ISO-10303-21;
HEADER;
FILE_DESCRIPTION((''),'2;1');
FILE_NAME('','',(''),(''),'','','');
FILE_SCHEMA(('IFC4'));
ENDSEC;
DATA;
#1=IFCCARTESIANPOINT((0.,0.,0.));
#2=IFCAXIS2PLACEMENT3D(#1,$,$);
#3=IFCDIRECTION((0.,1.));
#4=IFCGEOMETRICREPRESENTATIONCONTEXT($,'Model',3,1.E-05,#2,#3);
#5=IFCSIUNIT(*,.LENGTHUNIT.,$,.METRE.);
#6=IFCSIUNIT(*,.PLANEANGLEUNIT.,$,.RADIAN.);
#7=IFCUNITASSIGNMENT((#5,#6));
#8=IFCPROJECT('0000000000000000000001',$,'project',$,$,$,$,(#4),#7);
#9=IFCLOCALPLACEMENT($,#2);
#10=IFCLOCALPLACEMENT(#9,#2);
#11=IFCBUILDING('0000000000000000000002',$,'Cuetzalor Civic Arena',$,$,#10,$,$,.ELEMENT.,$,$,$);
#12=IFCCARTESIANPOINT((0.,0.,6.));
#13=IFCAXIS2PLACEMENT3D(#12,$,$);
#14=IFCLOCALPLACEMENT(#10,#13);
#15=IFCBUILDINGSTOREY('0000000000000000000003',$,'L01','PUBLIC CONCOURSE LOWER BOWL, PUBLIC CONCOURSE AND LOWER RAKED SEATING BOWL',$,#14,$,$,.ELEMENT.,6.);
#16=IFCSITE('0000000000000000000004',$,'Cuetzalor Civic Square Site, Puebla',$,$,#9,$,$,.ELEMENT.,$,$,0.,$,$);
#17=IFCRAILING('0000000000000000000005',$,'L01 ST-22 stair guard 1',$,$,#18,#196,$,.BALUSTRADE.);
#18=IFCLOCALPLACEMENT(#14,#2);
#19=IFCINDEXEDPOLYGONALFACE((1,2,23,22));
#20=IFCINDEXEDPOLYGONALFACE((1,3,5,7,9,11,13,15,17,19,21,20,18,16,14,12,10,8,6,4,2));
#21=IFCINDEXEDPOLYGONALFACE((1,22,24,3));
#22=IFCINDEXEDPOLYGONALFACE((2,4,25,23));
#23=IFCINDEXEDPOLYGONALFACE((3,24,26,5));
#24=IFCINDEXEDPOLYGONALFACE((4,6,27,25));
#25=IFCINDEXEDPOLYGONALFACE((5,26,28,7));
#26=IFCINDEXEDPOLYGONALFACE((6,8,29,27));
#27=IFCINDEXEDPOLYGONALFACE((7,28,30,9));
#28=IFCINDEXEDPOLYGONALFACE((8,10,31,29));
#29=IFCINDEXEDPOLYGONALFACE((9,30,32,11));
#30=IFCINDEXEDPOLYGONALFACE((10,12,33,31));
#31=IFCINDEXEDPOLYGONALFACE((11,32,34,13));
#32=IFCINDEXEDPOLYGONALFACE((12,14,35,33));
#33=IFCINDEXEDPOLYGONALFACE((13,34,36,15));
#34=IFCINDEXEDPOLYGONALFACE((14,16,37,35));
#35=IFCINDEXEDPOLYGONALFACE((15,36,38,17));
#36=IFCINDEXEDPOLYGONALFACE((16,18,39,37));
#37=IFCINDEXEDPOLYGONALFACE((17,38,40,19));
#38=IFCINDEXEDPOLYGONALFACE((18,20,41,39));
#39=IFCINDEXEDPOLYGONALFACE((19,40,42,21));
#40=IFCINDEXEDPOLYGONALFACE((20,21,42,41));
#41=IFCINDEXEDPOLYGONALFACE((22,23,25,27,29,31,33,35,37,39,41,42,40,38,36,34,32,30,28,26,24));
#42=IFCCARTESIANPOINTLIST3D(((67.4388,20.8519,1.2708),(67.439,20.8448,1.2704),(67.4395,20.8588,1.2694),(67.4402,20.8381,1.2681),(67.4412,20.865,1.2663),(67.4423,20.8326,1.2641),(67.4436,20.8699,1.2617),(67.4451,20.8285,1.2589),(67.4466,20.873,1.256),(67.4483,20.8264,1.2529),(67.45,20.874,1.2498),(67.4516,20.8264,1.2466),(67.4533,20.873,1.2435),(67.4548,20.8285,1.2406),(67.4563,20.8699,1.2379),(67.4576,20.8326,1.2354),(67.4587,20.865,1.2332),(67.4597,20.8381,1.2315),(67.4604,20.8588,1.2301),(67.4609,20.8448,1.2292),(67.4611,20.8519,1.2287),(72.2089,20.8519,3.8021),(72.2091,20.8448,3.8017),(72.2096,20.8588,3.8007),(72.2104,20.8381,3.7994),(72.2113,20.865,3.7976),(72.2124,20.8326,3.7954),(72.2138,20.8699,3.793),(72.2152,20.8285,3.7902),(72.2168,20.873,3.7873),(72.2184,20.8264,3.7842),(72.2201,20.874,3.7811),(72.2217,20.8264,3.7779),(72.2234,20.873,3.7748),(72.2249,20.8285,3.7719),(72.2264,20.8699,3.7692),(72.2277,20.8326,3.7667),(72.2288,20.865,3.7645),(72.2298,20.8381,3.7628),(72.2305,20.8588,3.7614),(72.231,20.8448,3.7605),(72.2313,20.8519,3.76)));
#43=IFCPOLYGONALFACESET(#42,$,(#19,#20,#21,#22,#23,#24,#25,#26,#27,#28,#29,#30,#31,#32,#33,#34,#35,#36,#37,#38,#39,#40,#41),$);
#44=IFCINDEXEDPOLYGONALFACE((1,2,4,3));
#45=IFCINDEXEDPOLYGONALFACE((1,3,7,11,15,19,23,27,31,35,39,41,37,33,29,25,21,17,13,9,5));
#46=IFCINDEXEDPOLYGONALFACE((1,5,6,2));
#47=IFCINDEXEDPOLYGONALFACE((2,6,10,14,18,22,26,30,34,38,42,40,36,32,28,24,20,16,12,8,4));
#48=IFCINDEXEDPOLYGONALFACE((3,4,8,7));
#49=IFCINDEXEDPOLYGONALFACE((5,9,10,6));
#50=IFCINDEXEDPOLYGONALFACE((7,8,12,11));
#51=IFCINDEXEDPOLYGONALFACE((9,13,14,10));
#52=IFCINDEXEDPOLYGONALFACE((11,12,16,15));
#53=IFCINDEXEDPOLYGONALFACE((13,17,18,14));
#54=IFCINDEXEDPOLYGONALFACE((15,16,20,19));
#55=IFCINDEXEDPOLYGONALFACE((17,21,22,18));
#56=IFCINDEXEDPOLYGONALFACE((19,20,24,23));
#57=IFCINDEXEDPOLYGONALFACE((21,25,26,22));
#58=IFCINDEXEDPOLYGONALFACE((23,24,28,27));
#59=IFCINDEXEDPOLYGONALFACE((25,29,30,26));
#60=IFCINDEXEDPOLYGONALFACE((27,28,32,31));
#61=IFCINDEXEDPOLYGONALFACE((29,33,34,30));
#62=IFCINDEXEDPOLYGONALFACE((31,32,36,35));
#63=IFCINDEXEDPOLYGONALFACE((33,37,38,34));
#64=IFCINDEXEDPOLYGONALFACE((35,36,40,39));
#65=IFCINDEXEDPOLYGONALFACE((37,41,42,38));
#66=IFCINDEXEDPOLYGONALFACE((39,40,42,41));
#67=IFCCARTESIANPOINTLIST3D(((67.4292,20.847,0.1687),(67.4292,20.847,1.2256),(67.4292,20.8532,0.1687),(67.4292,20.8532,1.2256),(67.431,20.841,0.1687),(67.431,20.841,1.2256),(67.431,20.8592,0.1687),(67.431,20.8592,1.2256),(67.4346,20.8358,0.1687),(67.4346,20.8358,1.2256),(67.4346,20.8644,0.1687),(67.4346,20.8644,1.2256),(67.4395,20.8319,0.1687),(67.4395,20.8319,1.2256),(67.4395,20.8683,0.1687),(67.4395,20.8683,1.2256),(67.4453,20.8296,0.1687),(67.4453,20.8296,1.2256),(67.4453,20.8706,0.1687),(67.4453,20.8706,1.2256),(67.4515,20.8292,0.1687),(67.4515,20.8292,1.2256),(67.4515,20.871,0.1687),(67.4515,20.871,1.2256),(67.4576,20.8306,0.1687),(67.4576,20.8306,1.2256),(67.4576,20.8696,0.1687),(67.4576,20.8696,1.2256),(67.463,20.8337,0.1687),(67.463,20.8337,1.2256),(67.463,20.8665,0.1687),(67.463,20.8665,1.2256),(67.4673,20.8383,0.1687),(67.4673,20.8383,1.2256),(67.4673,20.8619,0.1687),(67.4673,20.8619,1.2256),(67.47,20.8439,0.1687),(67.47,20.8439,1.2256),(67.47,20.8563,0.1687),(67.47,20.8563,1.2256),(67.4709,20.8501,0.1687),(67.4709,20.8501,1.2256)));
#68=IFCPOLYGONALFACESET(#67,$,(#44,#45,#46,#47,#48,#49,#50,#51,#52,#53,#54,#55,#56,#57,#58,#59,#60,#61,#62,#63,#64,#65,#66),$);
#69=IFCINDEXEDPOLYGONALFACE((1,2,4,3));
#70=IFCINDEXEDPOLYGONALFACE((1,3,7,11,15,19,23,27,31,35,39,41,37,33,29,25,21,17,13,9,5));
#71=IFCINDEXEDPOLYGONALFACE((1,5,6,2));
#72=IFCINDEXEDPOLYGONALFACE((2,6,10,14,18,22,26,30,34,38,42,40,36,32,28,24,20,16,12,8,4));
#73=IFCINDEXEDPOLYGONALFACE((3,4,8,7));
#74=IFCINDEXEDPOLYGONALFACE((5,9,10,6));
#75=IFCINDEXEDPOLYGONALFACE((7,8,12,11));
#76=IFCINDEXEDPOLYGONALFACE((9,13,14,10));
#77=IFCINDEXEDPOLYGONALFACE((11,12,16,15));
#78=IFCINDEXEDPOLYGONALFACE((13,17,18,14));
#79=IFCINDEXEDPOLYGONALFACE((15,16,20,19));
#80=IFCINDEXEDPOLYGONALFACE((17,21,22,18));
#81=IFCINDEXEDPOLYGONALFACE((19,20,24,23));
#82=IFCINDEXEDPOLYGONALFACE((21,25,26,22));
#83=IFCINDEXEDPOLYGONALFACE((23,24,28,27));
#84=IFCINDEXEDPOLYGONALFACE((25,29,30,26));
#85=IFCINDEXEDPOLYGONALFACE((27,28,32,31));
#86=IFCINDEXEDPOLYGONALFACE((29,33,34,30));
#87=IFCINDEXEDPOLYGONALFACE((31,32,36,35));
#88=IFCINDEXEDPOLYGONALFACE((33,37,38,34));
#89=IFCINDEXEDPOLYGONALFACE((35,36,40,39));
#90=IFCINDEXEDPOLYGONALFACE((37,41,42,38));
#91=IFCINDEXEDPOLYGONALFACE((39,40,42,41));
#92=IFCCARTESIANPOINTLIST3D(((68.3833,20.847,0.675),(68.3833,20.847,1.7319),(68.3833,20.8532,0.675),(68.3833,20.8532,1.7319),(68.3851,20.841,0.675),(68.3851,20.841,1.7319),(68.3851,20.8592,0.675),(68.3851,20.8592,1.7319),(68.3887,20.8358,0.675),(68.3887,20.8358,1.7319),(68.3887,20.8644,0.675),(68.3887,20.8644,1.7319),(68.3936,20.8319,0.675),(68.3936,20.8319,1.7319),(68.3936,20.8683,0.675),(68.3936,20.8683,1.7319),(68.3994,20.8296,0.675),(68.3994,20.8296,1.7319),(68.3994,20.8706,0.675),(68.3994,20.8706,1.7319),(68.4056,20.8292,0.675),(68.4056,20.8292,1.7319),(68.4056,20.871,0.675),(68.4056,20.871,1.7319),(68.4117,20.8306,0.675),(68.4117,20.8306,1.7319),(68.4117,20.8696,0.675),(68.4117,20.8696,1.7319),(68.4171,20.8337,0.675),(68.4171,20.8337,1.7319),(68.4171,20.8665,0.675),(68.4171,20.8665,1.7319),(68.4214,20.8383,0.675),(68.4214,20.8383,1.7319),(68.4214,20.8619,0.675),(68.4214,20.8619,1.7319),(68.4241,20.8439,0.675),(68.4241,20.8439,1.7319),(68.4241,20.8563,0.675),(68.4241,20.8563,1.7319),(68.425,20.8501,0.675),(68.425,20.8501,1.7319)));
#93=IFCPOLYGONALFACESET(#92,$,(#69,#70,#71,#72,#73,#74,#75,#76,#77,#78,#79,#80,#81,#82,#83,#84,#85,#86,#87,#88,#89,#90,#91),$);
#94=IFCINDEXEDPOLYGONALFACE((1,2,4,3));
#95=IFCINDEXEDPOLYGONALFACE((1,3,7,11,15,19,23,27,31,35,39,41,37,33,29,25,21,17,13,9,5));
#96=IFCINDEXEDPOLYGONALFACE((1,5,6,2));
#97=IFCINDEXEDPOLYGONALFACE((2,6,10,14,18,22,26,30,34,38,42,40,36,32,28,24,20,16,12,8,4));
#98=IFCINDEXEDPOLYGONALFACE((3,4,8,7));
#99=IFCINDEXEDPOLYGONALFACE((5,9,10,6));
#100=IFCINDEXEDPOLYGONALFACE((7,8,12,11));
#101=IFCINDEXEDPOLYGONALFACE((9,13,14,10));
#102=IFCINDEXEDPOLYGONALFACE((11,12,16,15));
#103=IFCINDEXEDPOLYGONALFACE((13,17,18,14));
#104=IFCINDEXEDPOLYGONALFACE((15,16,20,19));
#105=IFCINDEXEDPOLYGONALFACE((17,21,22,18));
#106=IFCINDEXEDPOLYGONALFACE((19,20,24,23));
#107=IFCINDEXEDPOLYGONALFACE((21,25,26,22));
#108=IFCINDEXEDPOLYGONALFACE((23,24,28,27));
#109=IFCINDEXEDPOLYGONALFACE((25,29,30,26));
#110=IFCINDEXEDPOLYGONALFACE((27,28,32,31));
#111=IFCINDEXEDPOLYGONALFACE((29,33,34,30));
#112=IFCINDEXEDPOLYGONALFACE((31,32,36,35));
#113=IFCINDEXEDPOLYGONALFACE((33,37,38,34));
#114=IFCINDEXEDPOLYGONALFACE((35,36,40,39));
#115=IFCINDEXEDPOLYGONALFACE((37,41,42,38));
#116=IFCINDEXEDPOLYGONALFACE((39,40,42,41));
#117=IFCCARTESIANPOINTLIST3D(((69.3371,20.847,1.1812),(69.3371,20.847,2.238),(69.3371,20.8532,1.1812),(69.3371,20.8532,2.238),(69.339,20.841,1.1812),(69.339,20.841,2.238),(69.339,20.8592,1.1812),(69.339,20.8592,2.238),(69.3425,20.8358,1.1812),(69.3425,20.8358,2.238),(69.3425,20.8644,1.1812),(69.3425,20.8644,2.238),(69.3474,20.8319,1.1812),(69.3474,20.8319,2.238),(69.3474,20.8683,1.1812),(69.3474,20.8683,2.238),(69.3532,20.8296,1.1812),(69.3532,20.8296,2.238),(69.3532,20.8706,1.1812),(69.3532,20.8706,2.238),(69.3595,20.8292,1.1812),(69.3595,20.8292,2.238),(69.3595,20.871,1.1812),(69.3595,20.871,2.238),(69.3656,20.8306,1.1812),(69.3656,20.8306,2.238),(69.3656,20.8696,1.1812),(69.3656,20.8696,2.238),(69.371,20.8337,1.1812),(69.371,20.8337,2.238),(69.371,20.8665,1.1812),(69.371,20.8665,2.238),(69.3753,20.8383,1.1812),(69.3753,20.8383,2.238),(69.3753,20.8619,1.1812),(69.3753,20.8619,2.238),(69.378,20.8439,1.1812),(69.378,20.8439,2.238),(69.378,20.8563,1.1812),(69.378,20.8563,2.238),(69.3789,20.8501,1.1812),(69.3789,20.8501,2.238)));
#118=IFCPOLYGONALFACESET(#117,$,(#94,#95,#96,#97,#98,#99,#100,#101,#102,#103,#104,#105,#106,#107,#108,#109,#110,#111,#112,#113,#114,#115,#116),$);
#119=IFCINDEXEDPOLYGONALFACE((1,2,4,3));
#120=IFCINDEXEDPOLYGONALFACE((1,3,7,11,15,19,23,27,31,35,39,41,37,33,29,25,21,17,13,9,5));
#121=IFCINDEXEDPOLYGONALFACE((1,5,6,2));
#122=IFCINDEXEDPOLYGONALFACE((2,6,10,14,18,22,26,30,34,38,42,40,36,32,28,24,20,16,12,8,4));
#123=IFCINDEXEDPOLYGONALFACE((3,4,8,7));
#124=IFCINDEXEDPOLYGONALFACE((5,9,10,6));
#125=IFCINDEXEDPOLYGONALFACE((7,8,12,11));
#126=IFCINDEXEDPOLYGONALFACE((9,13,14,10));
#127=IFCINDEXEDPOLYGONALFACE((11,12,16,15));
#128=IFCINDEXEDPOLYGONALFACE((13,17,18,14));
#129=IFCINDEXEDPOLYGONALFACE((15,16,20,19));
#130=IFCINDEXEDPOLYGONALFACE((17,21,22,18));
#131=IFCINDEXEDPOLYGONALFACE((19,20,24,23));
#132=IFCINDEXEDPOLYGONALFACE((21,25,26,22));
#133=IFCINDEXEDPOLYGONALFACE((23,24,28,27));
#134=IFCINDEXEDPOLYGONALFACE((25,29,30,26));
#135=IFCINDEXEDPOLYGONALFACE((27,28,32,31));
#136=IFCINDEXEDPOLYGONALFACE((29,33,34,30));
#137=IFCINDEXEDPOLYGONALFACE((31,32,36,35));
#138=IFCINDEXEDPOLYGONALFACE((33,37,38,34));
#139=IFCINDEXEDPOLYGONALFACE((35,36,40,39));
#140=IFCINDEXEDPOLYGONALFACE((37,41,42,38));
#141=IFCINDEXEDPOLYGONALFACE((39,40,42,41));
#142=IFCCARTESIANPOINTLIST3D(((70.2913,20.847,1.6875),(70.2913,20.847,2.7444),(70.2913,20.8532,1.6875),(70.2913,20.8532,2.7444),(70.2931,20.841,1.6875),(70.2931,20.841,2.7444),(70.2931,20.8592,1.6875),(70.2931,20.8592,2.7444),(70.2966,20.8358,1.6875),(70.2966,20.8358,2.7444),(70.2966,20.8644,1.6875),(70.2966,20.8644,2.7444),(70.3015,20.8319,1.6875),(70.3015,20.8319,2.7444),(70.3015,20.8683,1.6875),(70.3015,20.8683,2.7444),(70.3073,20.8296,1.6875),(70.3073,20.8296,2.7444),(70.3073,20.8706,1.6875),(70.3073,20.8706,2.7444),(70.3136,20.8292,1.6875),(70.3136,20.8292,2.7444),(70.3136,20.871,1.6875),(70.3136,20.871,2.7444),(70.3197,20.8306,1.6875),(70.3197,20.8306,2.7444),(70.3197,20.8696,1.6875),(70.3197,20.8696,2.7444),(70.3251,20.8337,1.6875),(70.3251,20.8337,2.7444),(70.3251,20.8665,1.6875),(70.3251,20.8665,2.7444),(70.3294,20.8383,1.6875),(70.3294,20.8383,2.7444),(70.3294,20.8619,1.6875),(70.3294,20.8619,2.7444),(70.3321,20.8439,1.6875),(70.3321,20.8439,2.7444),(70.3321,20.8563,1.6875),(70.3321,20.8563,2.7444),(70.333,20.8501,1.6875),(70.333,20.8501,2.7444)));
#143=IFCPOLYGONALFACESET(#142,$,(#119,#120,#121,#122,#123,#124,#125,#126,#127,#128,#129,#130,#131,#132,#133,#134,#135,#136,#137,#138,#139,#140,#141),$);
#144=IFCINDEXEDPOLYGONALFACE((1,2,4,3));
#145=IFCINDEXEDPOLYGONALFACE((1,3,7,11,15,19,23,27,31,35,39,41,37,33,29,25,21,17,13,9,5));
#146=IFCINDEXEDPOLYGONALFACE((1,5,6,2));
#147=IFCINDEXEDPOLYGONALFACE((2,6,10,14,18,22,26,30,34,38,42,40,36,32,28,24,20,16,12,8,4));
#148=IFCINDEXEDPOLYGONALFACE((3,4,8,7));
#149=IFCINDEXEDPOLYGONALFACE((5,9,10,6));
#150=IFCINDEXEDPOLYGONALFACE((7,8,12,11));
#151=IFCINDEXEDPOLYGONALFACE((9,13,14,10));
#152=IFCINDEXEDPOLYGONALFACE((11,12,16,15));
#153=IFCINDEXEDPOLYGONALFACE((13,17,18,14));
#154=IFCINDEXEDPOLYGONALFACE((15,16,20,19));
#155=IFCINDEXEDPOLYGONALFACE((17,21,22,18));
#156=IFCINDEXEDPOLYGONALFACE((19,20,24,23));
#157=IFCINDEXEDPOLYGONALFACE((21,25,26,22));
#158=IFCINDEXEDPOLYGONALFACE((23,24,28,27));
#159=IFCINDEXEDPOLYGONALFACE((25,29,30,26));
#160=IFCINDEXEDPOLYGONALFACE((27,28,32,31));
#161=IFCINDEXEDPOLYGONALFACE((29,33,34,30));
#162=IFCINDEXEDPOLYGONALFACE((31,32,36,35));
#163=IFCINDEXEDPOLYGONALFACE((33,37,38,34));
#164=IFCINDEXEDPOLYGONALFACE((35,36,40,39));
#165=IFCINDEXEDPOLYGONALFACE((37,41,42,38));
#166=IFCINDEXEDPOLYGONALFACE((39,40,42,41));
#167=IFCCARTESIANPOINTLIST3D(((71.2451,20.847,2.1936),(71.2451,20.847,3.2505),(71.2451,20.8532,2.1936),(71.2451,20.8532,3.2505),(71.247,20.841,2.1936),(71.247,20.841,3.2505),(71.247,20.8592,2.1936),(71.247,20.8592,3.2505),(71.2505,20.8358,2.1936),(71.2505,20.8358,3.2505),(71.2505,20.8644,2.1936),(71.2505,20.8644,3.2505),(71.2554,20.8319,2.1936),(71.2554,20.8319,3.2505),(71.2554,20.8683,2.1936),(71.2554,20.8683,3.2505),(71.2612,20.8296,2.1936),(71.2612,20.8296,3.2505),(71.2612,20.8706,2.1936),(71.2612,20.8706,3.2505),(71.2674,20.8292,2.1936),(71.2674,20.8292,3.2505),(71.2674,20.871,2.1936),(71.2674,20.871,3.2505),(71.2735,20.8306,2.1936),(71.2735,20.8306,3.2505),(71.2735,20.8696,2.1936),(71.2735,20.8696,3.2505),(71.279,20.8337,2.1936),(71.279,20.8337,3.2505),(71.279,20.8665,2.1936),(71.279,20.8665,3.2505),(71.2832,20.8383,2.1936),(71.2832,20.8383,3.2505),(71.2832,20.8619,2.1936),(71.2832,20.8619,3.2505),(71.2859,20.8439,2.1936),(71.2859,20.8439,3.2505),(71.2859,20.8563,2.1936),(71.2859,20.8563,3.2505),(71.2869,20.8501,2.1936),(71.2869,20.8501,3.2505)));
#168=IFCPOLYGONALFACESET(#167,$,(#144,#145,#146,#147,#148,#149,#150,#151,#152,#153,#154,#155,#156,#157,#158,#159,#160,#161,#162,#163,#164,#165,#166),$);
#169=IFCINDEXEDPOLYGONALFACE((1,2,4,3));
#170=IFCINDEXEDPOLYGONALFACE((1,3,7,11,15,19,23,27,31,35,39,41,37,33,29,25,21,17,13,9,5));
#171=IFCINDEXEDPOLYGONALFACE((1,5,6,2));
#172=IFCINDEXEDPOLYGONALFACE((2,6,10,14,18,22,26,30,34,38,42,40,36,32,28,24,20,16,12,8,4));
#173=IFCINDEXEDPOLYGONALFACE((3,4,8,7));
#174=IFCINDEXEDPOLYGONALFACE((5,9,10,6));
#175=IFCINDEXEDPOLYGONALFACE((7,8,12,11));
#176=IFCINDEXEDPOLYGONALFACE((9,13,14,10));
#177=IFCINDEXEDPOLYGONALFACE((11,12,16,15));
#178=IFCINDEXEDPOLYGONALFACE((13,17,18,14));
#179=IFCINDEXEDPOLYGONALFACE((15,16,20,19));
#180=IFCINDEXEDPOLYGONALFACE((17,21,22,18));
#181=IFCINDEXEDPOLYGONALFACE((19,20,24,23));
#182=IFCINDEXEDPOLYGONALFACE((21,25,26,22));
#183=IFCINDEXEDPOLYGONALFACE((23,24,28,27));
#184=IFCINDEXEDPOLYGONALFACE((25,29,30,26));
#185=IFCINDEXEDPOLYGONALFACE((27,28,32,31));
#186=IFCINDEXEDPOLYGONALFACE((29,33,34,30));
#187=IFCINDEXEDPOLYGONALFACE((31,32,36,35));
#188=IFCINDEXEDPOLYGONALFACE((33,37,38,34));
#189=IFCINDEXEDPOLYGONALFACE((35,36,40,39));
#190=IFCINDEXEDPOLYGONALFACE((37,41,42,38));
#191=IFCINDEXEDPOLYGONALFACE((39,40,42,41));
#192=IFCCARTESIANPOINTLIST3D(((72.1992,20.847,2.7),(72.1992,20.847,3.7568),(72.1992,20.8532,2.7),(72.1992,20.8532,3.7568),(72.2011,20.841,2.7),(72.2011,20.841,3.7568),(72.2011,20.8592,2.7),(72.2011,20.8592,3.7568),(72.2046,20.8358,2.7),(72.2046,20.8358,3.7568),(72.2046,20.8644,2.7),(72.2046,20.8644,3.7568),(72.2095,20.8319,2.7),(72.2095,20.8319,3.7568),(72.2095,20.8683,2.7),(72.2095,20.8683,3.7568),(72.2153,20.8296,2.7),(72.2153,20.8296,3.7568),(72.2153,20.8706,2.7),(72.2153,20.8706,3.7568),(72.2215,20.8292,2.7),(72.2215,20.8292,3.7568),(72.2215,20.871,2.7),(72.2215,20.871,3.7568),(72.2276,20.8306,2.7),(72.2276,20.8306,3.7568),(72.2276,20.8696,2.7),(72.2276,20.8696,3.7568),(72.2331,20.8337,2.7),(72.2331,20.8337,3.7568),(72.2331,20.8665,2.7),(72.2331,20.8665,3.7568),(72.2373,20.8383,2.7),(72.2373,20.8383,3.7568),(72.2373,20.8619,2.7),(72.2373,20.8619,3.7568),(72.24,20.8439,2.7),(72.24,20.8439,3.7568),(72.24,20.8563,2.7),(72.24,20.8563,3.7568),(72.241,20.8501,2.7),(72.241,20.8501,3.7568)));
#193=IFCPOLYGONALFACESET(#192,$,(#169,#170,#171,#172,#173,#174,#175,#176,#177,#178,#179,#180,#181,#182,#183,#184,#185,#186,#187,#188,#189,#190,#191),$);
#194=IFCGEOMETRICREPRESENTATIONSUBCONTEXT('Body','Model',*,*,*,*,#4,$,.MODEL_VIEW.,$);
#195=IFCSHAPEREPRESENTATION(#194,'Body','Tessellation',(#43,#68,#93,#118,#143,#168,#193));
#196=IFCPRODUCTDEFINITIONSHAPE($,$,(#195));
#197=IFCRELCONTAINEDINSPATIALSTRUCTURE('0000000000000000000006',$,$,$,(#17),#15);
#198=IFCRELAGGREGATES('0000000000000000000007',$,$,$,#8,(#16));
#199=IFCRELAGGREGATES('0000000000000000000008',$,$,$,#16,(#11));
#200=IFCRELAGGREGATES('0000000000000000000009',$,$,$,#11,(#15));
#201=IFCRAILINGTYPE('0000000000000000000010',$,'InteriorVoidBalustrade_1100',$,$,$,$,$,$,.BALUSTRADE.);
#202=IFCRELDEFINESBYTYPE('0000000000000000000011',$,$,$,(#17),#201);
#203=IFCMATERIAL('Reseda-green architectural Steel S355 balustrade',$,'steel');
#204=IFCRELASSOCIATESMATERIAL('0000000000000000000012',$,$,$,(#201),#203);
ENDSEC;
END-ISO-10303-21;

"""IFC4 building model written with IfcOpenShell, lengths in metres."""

from ifc_helpers import new_model, si_unit, direction, frame, origin, origin_2d, place, context, subcontext, project, spatial, circle, extrude, material, type_object, element, save


model = new_model("IFC4")

# Units and contexts
model_context = context("Model", 3, precision=1e-05, world=origin(), true_north=direction((0.0, 1.0)))
body_context = subcontext(model_context, "Body", "Model", "MODEL_VIEW")
ifc_project = project(units=[si_unit("LENGTHUNIT", "METRE"), si_unit("PLANEANGLEUNIT", "RADIAN")], contexts=[model_context])

# Site, building, storey
site_placement = place(None, origin())
site = spatial("IfcSite", under=ifc_project, at=site_placement, Name="Cuetzalor Civic Square Site, Puebla", CompositionType="ELEMENT", RefElevation=0.0)
building_placement = place(site_placement, origin())
building = spatial("IfcBuilding", under=site, at=building_placement, Name="Cuetzalor Civic Arena", CompositionType="ELEMENT")
storey_placement = place(building_placement, frame((0.0, 0.0, 6.0)))
storey = spatial("IfcBuildingStorey", under=building, at=storey_placement, Name="L01", Description="PUBLIC CONCOURSE LOWER BOWL, PUBLIC CONCOURSE AND LOWER RAKED SEATING BOWL", CompositionType="ELEMENT", Elevation=6.0)

# Railing
ifc_material_1 = material(Name="Reseda-green architectural Steel S355 balustrade", Category="steel")
railing_type_1 = type_object("IfcRailingType", Name="InteriorVoidBalustrade_1100", PredefinedType="BALUSTRADE", material=ifc_material_1)
railing_1_placement = place(storey_placement, frame((67.45, 20.8501, 0.1687)))
element("IfcRailing", 1, at=railing_1_placement, inside=storey, type_object=railing_type_1, Name="L01 ST-22 stair guard 1", PredefinedType="BALUSTRADE", context=body_context, shape_type="SweptSolid", body=[
    extrude(circle(Radius=0.0239, at=origin_2d()), frame((0.0, 0.0, 1.0811), z_axis=(0.883332, 0.0, 0.468747), x_axis=(0.0, 1.0, 0.0)), (0.0, 0.0, 1.0), 5.4001),
    extrude(circle(Radius=0.021, at=origin_2d()), origin(), (0.0, 0.0, 1.0), 1.0569),
    extrude(circle(Radius=0.021, at=origin_2d()), frame((0.9541, 0.0, 0.5063)), (0.0, 0.0, 1.0), 1.0569),
    extrude(circle(Radius=0.021, at=origin_2d()), frame((1.908, 0.0, 1.0125)), (0.0, 0.0, 1.0), 1.0569),
    extrude(circle(Radius=0.021, at=origin_2d()), frame((2.8621, 0.0, 1.5188)), (0.0, 0.0, 1.0), 1.0569),
    extrude(circle(Radius=0.021, at=origin_2d()), frame((3.8159, 0.0, 2.0249)), (0.0, 0.0, 1.0), 1.0569),
    extrude(circle(Radius=0.021, at=origin_2d()), frame((4.77, 0.0, 2.5312)), (0.0, 0.0, 1.0), 1.0569),
])

save(model, "model.ifc")
